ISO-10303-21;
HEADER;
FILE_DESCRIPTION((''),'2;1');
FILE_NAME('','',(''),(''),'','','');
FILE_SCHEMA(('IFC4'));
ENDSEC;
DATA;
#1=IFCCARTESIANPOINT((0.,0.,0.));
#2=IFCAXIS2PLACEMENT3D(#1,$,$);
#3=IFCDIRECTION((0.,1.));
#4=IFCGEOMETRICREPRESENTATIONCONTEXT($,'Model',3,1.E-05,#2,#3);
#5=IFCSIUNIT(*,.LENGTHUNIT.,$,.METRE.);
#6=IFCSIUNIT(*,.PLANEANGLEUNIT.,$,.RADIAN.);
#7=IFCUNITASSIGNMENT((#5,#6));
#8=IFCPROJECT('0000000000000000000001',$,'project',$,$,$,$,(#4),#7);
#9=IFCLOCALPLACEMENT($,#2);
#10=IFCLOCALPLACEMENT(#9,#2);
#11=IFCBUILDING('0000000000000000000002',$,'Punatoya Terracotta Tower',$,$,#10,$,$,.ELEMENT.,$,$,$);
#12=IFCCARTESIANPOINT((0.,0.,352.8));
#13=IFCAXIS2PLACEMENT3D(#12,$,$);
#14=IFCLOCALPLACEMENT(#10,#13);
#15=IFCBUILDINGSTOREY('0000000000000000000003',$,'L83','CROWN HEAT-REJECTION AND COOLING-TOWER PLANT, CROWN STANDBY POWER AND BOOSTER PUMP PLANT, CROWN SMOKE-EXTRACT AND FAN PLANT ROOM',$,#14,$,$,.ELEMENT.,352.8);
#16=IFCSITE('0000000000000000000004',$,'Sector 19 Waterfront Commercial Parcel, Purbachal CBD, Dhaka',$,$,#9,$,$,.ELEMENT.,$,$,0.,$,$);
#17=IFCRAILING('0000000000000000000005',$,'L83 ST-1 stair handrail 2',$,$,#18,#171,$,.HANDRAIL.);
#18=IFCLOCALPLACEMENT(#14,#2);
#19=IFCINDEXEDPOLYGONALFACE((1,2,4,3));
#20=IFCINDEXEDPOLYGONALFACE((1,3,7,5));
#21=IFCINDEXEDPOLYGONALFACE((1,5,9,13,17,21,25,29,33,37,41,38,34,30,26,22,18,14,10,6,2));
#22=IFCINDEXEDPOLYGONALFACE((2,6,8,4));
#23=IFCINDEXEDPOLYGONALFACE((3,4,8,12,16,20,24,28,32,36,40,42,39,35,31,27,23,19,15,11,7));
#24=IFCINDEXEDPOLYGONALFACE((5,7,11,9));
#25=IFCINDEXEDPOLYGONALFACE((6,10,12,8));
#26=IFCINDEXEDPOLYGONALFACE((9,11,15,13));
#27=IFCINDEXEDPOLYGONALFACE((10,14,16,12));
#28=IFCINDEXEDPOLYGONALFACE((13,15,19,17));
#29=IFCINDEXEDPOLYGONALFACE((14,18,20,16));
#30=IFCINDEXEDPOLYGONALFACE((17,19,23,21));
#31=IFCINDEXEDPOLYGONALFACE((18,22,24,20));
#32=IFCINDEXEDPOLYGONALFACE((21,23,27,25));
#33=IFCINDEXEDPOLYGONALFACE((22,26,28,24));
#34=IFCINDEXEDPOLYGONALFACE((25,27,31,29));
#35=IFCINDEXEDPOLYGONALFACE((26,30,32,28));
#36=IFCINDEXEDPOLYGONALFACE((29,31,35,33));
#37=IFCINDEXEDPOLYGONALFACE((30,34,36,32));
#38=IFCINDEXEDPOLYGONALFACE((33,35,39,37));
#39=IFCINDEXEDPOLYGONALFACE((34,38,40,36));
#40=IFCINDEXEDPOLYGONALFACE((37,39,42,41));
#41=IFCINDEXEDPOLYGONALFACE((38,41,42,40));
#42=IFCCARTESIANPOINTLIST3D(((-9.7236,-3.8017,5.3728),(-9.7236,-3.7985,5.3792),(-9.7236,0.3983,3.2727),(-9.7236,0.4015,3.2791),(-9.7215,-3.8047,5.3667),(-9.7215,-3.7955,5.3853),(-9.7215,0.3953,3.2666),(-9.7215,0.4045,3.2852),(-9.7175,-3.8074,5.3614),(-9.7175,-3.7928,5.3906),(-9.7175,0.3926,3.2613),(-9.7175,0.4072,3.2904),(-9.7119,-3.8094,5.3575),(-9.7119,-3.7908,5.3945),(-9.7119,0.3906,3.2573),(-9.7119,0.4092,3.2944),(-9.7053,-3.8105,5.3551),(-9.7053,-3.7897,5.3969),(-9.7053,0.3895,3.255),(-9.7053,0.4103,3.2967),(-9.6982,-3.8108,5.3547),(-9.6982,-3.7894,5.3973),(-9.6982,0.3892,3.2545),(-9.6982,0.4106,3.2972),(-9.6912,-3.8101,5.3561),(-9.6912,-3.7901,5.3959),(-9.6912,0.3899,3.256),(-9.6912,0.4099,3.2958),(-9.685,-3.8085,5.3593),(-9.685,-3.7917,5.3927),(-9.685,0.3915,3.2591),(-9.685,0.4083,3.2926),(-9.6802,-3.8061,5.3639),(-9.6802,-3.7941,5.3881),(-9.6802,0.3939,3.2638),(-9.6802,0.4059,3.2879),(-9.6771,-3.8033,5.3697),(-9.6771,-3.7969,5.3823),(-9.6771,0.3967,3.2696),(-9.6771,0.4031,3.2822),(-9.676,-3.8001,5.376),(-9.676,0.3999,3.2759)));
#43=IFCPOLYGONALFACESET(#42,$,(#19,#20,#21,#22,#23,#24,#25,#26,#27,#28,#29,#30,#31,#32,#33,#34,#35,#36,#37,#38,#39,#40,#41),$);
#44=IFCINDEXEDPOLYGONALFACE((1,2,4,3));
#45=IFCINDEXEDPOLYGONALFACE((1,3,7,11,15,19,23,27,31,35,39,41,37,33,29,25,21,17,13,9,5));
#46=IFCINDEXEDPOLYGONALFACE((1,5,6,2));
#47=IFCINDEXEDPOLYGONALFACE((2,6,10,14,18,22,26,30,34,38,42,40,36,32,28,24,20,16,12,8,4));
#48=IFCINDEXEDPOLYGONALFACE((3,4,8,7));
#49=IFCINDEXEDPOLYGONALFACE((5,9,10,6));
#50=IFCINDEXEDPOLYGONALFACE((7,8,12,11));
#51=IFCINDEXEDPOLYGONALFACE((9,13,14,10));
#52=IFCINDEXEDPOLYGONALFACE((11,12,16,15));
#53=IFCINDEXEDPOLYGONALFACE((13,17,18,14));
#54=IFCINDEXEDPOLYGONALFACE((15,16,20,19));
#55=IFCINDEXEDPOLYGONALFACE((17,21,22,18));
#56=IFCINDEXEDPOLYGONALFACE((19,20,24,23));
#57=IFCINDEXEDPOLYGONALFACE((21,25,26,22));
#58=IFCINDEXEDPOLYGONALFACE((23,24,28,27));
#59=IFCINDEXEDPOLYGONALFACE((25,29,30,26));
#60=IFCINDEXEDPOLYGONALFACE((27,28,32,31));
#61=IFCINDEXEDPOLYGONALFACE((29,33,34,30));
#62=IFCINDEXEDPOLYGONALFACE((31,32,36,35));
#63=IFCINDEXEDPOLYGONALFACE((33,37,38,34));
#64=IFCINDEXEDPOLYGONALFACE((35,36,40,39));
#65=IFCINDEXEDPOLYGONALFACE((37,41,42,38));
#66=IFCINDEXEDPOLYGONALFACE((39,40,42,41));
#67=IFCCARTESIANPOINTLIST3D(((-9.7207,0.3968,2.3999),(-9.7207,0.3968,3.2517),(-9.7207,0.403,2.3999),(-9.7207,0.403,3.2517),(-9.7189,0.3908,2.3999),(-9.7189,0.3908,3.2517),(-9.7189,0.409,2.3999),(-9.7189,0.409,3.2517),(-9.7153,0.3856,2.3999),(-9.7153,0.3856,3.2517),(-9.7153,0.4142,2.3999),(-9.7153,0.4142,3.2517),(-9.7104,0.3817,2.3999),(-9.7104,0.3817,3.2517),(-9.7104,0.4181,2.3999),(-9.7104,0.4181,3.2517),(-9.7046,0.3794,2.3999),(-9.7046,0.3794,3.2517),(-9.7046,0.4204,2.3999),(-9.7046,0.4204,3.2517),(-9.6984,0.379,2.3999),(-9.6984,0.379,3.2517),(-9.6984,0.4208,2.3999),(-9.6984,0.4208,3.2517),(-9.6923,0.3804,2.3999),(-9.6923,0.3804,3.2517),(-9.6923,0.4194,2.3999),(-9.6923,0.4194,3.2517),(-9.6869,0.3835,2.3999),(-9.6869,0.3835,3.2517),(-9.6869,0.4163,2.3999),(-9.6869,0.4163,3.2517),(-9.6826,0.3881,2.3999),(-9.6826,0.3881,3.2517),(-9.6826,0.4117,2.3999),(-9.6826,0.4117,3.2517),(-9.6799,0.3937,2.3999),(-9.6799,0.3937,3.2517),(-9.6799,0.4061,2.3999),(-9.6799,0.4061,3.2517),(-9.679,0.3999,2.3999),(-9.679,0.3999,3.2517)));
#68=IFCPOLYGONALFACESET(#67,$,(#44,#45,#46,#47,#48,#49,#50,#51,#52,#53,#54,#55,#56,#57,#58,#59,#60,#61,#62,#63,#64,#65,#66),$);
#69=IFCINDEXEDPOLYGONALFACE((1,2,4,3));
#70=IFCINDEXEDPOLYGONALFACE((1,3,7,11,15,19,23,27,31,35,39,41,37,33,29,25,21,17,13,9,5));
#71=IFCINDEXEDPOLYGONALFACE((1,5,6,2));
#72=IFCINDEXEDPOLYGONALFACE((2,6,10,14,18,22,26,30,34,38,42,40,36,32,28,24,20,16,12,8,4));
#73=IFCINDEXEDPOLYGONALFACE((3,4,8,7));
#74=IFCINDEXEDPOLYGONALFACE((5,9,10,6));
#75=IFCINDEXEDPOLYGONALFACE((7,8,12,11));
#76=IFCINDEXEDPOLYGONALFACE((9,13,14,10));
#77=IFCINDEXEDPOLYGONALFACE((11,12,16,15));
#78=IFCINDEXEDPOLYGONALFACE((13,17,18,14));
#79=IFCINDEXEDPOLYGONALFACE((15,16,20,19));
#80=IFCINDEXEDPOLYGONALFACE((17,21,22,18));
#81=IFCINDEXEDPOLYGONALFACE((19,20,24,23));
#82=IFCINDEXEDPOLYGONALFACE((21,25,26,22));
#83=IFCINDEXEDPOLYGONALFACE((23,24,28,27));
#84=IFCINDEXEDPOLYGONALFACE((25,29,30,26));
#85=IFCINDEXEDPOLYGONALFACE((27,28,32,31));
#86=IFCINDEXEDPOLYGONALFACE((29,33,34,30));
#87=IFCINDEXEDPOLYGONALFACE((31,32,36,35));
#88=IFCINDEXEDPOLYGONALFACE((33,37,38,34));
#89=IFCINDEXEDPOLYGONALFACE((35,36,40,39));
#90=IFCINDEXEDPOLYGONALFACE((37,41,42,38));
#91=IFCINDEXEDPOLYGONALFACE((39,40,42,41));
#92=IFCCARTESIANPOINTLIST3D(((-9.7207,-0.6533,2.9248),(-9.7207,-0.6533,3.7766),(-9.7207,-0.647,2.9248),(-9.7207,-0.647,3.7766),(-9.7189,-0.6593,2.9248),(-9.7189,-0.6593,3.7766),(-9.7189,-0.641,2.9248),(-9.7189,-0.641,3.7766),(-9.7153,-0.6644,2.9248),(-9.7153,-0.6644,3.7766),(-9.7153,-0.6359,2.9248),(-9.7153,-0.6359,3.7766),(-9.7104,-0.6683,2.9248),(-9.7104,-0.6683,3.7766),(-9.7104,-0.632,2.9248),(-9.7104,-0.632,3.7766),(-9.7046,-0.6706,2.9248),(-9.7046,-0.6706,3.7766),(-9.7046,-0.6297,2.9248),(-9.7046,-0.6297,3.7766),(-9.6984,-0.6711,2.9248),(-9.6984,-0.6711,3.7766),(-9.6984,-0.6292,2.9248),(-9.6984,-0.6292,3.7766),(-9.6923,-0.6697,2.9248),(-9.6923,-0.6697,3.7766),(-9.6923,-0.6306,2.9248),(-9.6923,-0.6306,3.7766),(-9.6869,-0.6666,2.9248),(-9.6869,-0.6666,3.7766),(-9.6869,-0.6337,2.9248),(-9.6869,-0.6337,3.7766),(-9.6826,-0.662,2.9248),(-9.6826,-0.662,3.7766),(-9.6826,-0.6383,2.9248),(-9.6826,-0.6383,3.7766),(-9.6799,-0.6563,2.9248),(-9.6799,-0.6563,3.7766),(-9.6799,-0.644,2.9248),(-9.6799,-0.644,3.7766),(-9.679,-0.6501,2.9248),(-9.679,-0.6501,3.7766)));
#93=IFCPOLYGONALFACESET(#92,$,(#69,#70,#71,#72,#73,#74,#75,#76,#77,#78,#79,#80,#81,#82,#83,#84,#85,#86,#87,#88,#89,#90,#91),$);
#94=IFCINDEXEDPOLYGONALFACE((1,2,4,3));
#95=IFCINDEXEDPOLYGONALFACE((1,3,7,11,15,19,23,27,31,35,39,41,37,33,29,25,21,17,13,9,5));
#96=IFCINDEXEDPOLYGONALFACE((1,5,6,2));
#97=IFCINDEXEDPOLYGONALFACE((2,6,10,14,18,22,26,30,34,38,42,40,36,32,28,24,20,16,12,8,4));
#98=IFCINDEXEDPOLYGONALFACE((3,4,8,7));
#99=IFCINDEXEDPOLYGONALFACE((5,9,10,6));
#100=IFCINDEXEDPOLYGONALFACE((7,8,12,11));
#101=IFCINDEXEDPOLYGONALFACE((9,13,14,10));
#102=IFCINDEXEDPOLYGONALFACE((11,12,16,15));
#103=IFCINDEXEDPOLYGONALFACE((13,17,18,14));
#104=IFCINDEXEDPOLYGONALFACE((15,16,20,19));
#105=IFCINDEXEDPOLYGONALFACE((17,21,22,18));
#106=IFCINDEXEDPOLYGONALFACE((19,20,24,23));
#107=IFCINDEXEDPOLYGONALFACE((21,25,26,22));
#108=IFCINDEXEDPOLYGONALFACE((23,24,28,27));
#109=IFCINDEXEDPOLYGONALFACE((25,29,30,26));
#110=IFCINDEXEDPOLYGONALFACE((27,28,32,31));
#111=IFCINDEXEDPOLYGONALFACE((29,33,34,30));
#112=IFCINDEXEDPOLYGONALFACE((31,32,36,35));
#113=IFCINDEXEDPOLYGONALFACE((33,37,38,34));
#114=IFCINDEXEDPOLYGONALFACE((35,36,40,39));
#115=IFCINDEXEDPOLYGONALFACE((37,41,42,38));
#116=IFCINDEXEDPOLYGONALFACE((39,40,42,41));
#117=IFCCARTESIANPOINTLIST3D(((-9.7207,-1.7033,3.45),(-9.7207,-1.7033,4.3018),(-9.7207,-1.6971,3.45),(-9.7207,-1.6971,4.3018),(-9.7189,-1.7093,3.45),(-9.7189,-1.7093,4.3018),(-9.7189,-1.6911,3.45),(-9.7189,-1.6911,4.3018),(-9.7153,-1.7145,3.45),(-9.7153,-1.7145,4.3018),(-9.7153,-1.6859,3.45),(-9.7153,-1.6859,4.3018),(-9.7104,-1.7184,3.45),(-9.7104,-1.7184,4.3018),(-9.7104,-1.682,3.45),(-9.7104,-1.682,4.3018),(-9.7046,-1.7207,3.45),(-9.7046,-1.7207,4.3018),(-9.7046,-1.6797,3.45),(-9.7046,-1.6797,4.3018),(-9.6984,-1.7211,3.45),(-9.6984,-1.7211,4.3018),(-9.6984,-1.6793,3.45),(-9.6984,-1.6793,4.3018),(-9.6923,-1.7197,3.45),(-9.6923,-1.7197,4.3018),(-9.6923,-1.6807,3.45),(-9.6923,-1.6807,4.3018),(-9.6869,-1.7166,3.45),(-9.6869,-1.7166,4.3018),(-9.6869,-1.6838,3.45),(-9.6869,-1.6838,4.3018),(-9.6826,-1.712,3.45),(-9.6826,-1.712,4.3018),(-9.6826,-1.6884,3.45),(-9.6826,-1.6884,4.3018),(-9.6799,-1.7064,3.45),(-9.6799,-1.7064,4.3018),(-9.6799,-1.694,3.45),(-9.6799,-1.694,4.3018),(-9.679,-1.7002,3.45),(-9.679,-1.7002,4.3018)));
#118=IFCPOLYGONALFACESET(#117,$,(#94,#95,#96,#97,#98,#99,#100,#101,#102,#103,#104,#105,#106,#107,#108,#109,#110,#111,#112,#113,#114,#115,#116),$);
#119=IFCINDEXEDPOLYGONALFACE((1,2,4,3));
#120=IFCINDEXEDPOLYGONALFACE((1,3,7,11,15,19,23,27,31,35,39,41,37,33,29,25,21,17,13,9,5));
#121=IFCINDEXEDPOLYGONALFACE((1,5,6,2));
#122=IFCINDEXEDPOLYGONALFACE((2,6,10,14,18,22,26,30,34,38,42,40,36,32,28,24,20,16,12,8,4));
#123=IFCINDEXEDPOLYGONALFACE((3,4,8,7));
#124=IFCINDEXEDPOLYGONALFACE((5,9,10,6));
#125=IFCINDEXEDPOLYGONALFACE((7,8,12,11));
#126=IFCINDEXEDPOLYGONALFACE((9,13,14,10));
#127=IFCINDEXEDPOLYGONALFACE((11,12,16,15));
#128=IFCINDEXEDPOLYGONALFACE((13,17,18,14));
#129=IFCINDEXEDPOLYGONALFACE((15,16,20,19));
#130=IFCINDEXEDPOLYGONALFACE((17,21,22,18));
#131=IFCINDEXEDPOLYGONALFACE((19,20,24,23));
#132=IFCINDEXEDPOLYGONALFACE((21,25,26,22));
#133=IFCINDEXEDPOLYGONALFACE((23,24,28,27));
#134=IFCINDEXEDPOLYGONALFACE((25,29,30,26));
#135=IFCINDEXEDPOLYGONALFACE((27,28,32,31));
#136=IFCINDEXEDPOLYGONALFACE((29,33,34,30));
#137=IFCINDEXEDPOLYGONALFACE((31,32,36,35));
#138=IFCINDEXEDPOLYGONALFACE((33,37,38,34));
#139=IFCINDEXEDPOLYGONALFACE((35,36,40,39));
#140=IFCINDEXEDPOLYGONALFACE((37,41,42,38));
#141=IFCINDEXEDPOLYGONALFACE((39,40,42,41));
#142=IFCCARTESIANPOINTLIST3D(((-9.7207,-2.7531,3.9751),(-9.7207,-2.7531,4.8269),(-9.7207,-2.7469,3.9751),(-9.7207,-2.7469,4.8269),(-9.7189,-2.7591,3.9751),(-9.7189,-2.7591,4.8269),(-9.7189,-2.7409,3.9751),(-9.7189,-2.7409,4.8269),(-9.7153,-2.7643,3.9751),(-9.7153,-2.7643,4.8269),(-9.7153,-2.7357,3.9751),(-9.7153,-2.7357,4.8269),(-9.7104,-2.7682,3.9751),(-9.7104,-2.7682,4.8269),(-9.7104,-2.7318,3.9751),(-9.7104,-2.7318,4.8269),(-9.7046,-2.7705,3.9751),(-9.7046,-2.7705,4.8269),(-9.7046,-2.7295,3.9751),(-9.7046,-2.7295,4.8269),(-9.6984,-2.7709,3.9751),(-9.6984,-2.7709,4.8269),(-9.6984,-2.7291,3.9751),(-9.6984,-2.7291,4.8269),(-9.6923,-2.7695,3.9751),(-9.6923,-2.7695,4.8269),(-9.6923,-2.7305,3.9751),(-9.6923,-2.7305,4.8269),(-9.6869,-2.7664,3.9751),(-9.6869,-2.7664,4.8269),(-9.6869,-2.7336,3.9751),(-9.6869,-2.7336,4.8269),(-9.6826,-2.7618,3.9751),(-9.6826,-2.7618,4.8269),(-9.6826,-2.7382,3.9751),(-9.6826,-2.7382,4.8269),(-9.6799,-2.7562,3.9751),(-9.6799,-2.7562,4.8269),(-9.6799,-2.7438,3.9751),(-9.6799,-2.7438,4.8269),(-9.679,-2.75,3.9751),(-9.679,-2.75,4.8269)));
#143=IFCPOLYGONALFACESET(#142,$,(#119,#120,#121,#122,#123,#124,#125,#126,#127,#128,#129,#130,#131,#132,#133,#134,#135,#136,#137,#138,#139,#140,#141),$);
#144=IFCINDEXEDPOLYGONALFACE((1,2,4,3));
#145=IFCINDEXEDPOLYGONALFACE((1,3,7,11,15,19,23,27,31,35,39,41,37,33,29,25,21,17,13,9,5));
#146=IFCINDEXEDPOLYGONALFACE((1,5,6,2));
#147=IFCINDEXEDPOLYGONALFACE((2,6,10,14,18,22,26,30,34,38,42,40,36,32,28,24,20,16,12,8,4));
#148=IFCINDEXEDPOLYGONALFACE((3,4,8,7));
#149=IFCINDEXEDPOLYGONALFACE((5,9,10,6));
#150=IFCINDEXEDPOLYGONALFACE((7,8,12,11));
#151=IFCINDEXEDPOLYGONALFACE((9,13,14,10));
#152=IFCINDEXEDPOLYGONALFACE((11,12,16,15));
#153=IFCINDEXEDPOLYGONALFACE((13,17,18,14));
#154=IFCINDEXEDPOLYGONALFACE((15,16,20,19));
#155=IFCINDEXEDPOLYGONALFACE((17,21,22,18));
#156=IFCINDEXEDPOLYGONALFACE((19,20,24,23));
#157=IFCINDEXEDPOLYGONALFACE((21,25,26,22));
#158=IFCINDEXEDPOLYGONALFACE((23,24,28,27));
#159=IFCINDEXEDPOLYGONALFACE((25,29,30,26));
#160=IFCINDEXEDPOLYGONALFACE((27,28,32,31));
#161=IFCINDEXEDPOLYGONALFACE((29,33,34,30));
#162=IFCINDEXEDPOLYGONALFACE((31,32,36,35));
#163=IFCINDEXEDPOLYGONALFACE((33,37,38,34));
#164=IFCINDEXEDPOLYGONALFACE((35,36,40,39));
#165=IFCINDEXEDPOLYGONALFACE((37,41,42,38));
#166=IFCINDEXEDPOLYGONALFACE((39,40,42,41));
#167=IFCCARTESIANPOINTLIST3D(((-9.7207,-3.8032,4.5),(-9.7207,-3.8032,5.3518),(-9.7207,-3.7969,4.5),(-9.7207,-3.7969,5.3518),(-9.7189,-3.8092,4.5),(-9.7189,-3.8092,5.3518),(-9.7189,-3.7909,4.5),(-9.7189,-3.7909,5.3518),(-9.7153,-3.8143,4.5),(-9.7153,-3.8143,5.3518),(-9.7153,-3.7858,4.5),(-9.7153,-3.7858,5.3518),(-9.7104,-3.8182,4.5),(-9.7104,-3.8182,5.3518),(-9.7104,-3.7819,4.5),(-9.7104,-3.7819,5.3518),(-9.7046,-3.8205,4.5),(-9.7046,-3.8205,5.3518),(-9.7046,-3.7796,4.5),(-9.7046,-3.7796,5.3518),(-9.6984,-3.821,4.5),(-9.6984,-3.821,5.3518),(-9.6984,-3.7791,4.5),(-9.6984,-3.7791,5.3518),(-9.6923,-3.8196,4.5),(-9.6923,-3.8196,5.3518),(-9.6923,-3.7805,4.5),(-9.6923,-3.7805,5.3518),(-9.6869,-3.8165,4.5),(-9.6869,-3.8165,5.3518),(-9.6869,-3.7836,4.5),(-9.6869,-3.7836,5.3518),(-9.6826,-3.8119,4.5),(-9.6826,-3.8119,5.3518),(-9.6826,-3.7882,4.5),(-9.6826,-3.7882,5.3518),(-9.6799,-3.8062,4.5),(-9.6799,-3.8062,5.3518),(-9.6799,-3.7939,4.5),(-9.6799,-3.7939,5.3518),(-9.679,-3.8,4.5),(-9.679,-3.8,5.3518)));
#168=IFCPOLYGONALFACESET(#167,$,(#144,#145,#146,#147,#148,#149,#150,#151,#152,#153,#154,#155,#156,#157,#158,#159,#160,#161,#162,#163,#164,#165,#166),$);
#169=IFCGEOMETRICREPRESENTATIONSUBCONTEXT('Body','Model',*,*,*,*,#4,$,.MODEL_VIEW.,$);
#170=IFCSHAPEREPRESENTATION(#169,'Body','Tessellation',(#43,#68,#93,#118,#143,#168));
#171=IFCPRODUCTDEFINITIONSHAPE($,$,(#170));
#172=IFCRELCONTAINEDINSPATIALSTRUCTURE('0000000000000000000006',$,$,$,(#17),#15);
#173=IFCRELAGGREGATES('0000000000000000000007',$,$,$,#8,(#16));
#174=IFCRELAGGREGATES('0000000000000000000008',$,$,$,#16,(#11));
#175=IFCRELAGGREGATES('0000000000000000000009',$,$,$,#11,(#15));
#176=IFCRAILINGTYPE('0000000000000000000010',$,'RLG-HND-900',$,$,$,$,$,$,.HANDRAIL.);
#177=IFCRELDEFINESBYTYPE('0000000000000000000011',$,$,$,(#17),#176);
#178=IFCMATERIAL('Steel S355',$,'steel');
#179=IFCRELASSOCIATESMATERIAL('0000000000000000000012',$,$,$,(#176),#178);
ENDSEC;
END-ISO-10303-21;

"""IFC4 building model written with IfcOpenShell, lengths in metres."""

from ifc_helpers import new_model, si_unit, direction, frame, origin, origin_2d, place, context, subcontext, project, spatial, circle, extrude, material, type_object, element, save


model = new_model("IFC4")

# Units and contexts
model_context = context("Model", 3, precision=1e-05, world=origin(), true_north=direction((0.0, 1.0)))
body_context = subcontext(model_context, "Body", "Model", "MODEL_VIEW")
ifc_project = project(units=[si_unit("LENGTHUNIT", "METRE"), si_unit("PLANEANGLEUNIT", "RADIAN")], contexts=[model_context])

# Site, building, storey
site_placement = place(None, origin())
site = spatial("IfcSite", under=ifc_project, at=site_placement, Name="Sector 19 Waterfront Commercial Parcel, Purbachal CBD, Dhaka", CompositionType="ELEMENT", RefElevation=0.0)
building_placement = place(site_placement, origin())
building = spatial("IfcBuilding", under=site, at=building_placement, Name="Punatoya Terracotta Tower", CompositionType="ELEMENT")
storey_placement = place(building_placement, frame((0.0, 0.0, 352.8)))
storey = spatial("IfcBuildingStorey", under=building, at=storey_placement, Name="L83", Description="CROWN HEAT-REJECTION AND COOLING-TOWER PLANT, CROWN STANDBY POWER AND BOOSTER PUMP PLANT, CROWN SMOKE-EXTRACT AND FAN PLANT ROOM", CompositionType="ELEMENT", Elevation=352.8)

# Shared definitions
ifc_material_1 = material(Name="Steel S355", Category="steel")

# Railing
railing_type_1 = type_object("IfcRailingType", Name="RLG-HND-900", PredefinedType="HANDRAIL", material=ifc_material_1)
railing_1_placement = place(storey_placement, frame((-9.7, 0.3999, 2.3999)))
element("IfcRailing", 1, at=railing_1_placement, inside=storey, type_object=railing_type_1, Name="L83 ST-1 stair handrail 2", PredefinedType="HANDRAIL", context=body_context, shape_type="SweptSolid", body=[
    extrude(circle(Radius=0.0239, at=origin_2d()), frame((0.0, 0.0, 0.876), z_axis=(0.0, -0.894417, 0.447234), x_axis=(1.0, 0.0, 0.0)), (0.0, 0.0, 1.0), 4.6958),
    extrude(circle(Radius=0.021, at=origin_2d()), origin(), (0.0, 0.0, 1.0), 0.8518),
    extrude(circle(Radius=0.021, at=origin_2d()), frame((0.0, -1.05, 0.5249)), (0.0, 0.0, 1.0), 0.8518),
    extrude(circle(Radius=0.021, at=origin_2d()), frame((0.0, -2.1001, 1.05)), (0.0, 0.0, 1.0), 0.8518),
    extrude(circle(Radius=0.021, at=origin_2d()), frame((0.0, -3.1499, 1.5752)), (0.0, 0.0, 1.0), 0.8518),
    extrude(circle(Radius=0.021, at=origin_2d()), frame((0.0, -4.2, 2.1001)), (0.0, 0.0, 1.0), 0.8518),
])

save(model, "model.ifc")
